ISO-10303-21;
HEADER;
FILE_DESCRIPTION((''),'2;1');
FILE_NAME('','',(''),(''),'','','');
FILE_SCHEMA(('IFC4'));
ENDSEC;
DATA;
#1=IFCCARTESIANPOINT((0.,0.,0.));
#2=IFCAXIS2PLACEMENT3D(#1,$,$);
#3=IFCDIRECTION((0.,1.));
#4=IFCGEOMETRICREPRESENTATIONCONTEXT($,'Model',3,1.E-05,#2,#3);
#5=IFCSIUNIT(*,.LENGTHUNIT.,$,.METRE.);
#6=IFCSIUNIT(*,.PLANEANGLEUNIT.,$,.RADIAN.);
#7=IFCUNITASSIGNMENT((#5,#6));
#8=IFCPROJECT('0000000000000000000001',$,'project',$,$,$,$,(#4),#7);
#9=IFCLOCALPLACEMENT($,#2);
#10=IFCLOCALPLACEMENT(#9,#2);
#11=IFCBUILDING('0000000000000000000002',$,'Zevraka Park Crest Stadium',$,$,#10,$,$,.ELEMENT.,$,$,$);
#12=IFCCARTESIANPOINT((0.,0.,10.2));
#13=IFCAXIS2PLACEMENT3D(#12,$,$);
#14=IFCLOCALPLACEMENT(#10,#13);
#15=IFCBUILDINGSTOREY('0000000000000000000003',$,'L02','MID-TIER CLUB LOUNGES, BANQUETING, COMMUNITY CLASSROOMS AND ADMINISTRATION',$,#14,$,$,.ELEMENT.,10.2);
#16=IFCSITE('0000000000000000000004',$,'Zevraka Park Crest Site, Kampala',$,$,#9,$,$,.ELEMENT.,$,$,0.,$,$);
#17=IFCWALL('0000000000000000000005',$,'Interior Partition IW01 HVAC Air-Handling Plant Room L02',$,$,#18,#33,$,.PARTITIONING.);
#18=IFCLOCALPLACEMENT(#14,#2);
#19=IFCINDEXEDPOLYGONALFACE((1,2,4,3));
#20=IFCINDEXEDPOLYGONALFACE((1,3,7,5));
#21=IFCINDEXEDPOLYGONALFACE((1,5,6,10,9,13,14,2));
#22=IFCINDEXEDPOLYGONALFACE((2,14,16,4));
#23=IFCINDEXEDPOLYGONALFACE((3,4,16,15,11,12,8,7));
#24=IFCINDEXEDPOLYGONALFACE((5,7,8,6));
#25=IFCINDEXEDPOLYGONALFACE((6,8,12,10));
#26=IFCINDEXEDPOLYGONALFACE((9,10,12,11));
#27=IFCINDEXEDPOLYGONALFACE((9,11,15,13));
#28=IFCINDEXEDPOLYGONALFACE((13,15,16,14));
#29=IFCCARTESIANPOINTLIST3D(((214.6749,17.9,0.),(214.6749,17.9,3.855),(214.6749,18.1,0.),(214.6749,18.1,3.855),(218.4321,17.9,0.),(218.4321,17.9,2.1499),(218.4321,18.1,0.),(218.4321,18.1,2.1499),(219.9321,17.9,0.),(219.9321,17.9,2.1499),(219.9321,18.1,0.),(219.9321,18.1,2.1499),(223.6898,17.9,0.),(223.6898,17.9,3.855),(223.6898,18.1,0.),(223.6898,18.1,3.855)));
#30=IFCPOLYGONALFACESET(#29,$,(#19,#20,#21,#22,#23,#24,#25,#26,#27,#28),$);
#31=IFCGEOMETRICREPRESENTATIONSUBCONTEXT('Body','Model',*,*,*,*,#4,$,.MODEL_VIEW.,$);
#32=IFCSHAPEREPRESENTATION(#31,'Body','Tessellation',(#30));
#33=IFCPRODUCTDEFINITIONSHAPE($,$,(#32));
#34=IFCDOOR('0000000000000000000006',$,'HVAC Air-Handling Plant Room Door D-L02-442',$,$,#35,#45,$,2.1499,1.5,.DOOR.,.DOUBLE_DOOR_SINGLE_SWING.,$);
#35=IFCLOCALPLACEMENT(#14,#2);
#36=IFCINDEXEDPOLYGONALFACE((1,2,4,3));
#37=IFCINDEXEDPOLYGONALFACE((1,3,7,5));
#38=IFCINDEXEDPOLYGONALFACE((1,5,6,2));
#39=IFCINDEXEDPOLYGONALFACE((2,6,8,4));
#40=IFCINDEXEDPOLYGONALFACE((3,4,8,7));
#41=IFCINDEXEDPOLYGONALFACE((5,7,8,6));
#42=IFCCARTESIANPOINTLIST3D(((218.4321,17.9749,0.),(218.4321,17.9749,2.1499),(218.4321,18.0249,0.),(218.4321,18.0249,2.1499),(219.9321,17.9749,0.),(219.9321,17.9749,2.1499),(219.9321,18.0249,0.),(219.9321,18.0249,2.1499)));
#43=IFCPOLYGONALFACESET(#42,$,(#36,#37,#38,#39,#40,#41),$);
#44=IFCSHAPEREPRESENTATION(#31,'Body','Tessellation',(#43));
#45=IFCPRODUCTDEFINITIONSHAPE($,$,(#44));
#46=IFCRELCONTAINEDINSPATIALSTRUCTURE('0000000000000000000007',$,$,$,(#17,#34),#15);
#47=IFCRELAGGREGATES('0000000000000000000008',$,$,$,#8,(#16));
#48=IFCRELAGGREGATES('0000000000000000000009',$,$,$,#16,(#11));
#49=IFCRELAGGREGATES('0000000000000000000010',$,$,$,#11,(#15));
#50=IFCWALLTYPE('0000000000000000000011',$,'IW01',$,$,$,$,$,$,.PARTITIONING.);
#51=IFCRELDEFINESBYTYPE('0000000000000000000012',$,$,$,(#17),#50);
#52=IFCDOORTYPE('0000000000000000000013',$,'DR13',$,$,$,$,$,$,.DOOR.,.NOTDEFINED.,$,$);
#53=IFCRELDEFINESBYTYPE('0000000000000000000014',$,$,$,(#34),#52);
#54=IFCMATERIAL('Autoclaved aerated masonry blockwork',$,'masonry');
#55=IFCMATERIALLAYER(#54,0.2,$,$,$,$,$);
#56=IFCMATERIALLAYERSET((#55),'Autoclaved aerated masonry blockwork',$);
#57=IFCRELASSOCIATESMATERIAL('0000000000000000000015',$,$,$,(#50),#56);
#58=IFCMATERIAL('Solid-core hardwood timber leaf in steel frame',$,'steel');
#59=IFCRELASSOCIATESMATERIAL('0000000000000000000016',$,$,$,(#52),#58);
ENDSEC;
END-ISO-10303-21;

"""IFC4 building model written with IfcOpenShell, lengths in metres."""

from ifc_helpers import new_model, si_unit, direction, frame, frame_2d, origin, place, context, subcontext, project, spatial, rectangle, extrude, material, layer, layer_set, type_object, element, fill, save


model = new_model("IFC4")

# Units and contexts
model_context = context("Model", 3, precision=1e-05, world=origin(), true_north=direction((0.0, 1.0)))
body_context = subcontext(model_context, "Body", "Model", "MODEL_VIEW")
ifc_project = project(units=[si_unit("LENGTHUNIT", "METRE"), si_unit("PLANEANGLEUNIT", "RADIAN")], contexts=[model_context])

# Site, building, storey
site_placement = place(None, origin())
site = spatial("IfcSite", under=ifc_project, at=site_placement, Name="Zevraka Park Crest Site, Kampala", CompositionType="ELEMENT", RefElevation=0.0)
building_placement = place(site_placement, origin())
building = spatial("IfcBuilding", under=site, at=building_placement, Name="Zevraka Park Crest Stadium", CompositionType="ELEMENT")
storey_placement = place(building_placement, frame((0.0, 0.0, 10.2)))
storey = spatial("IfcBuildingStorey", under=building, at=storey_placement, Name="L02", Description="MID-TIER CLUB LOUNGES, BANQUETING, COMMUNITY CLASSROOMS AND ADMINISTRATION", CompositionType="ELEMENT", Elevation=10.2)

# Wall, opening, door
ifc_material_1 = material(Name="Autoclaved aerated masonry blockwork", Category="masonry")
ifc_layer_1 = layer(ifc_material_1, 0.2)
ifc_layer_set_1 = layer_set([ifc_layer_1], Name="Autoclaved aerated masonry blockwork")
wall_type = type_object("IfcWallType", Name="IW01", PredefinedType="PARTITIONING", material=ifc_layer_set_1)
wall_1_placement = place(storey_placement, frame((214.675, 18.0, 0.0), z_axis=(0.0, 0.0, 1.0), x_axis=(1.0, 0.0, 0.0)))
wall_1 = element("IfcWall", 1, at=wall_1_placement, inside=storey, type_object=wall_type, Name="Interior Partition IW01 HVAC Air-Handling Plant Room L02", PredefinedType="PARTITIONING", context=body_context, shape_type="SweptSolid", body=[
    extrude(rectangle(XDim=9.0149, YDim=0.2, at=frame_2d((4.5073, 0.0))), origin(), (0.0, 0.0, 1.0), 3.855),
])
opening_1_placement = place(wall_1_placement, frame((3.7571, 0.0, 0.0)))
opening_1 = element("IfcOpeningElement", 2, at=opening_1_placement, cuts=wall_1, PredefinedType="OPENING", context=body_context, shape_type="SweptSolid", body=[
    extrude(rectangle(XDim=1.5, YDim=2.1499, at=frame_2d((0.75, 1.075))), frame((0.0, 0.1099, 0.0), z_axis=(0.0, -1.0, 0.0), x_axis=(1.0, 0.0, 0.0)), (0.0, 0.0, 1.0), 0.22),
])
ifc_material_2 = material(Name="Solid-core hardwood timber leaf in steel frame", Category="steel")
door_type_1 = type_object("IfcDoorType", Name="DR13", OperationType="NOTDEFINED", PredefinedType="DOOR", material=ifc_material_2)
door_1_placement = place(opening_1_placement, origin())
door_1 = element("IfcDoor", 3, at=door_1_placement, inside=storey, type_object=door_type_1, Name="HVAC Air-Handling Plant Room Door D-L02-442", OperationType="DOUBLE_DOOR_SINGLE_SWING", OverallHeight=2.1499, OverallWidth=1.5, PredefinedType="DOOR", context=body_context, shape_type="SweptSolid", body=[
    extrude(rectangle(XDim=1.5, YDim=2.1499, at=frame_2d((0.75, 1.075))), frame((0.0, 0.0249, 0.0), z_axis=(0.0, -1.0, 0.0), x_axis=(1.0, 0.0, 0.0)), (0.0, 0.0, 1.0), 0.05),
])
fill(opening_1, door_1)

save(model, "model.ifc")
